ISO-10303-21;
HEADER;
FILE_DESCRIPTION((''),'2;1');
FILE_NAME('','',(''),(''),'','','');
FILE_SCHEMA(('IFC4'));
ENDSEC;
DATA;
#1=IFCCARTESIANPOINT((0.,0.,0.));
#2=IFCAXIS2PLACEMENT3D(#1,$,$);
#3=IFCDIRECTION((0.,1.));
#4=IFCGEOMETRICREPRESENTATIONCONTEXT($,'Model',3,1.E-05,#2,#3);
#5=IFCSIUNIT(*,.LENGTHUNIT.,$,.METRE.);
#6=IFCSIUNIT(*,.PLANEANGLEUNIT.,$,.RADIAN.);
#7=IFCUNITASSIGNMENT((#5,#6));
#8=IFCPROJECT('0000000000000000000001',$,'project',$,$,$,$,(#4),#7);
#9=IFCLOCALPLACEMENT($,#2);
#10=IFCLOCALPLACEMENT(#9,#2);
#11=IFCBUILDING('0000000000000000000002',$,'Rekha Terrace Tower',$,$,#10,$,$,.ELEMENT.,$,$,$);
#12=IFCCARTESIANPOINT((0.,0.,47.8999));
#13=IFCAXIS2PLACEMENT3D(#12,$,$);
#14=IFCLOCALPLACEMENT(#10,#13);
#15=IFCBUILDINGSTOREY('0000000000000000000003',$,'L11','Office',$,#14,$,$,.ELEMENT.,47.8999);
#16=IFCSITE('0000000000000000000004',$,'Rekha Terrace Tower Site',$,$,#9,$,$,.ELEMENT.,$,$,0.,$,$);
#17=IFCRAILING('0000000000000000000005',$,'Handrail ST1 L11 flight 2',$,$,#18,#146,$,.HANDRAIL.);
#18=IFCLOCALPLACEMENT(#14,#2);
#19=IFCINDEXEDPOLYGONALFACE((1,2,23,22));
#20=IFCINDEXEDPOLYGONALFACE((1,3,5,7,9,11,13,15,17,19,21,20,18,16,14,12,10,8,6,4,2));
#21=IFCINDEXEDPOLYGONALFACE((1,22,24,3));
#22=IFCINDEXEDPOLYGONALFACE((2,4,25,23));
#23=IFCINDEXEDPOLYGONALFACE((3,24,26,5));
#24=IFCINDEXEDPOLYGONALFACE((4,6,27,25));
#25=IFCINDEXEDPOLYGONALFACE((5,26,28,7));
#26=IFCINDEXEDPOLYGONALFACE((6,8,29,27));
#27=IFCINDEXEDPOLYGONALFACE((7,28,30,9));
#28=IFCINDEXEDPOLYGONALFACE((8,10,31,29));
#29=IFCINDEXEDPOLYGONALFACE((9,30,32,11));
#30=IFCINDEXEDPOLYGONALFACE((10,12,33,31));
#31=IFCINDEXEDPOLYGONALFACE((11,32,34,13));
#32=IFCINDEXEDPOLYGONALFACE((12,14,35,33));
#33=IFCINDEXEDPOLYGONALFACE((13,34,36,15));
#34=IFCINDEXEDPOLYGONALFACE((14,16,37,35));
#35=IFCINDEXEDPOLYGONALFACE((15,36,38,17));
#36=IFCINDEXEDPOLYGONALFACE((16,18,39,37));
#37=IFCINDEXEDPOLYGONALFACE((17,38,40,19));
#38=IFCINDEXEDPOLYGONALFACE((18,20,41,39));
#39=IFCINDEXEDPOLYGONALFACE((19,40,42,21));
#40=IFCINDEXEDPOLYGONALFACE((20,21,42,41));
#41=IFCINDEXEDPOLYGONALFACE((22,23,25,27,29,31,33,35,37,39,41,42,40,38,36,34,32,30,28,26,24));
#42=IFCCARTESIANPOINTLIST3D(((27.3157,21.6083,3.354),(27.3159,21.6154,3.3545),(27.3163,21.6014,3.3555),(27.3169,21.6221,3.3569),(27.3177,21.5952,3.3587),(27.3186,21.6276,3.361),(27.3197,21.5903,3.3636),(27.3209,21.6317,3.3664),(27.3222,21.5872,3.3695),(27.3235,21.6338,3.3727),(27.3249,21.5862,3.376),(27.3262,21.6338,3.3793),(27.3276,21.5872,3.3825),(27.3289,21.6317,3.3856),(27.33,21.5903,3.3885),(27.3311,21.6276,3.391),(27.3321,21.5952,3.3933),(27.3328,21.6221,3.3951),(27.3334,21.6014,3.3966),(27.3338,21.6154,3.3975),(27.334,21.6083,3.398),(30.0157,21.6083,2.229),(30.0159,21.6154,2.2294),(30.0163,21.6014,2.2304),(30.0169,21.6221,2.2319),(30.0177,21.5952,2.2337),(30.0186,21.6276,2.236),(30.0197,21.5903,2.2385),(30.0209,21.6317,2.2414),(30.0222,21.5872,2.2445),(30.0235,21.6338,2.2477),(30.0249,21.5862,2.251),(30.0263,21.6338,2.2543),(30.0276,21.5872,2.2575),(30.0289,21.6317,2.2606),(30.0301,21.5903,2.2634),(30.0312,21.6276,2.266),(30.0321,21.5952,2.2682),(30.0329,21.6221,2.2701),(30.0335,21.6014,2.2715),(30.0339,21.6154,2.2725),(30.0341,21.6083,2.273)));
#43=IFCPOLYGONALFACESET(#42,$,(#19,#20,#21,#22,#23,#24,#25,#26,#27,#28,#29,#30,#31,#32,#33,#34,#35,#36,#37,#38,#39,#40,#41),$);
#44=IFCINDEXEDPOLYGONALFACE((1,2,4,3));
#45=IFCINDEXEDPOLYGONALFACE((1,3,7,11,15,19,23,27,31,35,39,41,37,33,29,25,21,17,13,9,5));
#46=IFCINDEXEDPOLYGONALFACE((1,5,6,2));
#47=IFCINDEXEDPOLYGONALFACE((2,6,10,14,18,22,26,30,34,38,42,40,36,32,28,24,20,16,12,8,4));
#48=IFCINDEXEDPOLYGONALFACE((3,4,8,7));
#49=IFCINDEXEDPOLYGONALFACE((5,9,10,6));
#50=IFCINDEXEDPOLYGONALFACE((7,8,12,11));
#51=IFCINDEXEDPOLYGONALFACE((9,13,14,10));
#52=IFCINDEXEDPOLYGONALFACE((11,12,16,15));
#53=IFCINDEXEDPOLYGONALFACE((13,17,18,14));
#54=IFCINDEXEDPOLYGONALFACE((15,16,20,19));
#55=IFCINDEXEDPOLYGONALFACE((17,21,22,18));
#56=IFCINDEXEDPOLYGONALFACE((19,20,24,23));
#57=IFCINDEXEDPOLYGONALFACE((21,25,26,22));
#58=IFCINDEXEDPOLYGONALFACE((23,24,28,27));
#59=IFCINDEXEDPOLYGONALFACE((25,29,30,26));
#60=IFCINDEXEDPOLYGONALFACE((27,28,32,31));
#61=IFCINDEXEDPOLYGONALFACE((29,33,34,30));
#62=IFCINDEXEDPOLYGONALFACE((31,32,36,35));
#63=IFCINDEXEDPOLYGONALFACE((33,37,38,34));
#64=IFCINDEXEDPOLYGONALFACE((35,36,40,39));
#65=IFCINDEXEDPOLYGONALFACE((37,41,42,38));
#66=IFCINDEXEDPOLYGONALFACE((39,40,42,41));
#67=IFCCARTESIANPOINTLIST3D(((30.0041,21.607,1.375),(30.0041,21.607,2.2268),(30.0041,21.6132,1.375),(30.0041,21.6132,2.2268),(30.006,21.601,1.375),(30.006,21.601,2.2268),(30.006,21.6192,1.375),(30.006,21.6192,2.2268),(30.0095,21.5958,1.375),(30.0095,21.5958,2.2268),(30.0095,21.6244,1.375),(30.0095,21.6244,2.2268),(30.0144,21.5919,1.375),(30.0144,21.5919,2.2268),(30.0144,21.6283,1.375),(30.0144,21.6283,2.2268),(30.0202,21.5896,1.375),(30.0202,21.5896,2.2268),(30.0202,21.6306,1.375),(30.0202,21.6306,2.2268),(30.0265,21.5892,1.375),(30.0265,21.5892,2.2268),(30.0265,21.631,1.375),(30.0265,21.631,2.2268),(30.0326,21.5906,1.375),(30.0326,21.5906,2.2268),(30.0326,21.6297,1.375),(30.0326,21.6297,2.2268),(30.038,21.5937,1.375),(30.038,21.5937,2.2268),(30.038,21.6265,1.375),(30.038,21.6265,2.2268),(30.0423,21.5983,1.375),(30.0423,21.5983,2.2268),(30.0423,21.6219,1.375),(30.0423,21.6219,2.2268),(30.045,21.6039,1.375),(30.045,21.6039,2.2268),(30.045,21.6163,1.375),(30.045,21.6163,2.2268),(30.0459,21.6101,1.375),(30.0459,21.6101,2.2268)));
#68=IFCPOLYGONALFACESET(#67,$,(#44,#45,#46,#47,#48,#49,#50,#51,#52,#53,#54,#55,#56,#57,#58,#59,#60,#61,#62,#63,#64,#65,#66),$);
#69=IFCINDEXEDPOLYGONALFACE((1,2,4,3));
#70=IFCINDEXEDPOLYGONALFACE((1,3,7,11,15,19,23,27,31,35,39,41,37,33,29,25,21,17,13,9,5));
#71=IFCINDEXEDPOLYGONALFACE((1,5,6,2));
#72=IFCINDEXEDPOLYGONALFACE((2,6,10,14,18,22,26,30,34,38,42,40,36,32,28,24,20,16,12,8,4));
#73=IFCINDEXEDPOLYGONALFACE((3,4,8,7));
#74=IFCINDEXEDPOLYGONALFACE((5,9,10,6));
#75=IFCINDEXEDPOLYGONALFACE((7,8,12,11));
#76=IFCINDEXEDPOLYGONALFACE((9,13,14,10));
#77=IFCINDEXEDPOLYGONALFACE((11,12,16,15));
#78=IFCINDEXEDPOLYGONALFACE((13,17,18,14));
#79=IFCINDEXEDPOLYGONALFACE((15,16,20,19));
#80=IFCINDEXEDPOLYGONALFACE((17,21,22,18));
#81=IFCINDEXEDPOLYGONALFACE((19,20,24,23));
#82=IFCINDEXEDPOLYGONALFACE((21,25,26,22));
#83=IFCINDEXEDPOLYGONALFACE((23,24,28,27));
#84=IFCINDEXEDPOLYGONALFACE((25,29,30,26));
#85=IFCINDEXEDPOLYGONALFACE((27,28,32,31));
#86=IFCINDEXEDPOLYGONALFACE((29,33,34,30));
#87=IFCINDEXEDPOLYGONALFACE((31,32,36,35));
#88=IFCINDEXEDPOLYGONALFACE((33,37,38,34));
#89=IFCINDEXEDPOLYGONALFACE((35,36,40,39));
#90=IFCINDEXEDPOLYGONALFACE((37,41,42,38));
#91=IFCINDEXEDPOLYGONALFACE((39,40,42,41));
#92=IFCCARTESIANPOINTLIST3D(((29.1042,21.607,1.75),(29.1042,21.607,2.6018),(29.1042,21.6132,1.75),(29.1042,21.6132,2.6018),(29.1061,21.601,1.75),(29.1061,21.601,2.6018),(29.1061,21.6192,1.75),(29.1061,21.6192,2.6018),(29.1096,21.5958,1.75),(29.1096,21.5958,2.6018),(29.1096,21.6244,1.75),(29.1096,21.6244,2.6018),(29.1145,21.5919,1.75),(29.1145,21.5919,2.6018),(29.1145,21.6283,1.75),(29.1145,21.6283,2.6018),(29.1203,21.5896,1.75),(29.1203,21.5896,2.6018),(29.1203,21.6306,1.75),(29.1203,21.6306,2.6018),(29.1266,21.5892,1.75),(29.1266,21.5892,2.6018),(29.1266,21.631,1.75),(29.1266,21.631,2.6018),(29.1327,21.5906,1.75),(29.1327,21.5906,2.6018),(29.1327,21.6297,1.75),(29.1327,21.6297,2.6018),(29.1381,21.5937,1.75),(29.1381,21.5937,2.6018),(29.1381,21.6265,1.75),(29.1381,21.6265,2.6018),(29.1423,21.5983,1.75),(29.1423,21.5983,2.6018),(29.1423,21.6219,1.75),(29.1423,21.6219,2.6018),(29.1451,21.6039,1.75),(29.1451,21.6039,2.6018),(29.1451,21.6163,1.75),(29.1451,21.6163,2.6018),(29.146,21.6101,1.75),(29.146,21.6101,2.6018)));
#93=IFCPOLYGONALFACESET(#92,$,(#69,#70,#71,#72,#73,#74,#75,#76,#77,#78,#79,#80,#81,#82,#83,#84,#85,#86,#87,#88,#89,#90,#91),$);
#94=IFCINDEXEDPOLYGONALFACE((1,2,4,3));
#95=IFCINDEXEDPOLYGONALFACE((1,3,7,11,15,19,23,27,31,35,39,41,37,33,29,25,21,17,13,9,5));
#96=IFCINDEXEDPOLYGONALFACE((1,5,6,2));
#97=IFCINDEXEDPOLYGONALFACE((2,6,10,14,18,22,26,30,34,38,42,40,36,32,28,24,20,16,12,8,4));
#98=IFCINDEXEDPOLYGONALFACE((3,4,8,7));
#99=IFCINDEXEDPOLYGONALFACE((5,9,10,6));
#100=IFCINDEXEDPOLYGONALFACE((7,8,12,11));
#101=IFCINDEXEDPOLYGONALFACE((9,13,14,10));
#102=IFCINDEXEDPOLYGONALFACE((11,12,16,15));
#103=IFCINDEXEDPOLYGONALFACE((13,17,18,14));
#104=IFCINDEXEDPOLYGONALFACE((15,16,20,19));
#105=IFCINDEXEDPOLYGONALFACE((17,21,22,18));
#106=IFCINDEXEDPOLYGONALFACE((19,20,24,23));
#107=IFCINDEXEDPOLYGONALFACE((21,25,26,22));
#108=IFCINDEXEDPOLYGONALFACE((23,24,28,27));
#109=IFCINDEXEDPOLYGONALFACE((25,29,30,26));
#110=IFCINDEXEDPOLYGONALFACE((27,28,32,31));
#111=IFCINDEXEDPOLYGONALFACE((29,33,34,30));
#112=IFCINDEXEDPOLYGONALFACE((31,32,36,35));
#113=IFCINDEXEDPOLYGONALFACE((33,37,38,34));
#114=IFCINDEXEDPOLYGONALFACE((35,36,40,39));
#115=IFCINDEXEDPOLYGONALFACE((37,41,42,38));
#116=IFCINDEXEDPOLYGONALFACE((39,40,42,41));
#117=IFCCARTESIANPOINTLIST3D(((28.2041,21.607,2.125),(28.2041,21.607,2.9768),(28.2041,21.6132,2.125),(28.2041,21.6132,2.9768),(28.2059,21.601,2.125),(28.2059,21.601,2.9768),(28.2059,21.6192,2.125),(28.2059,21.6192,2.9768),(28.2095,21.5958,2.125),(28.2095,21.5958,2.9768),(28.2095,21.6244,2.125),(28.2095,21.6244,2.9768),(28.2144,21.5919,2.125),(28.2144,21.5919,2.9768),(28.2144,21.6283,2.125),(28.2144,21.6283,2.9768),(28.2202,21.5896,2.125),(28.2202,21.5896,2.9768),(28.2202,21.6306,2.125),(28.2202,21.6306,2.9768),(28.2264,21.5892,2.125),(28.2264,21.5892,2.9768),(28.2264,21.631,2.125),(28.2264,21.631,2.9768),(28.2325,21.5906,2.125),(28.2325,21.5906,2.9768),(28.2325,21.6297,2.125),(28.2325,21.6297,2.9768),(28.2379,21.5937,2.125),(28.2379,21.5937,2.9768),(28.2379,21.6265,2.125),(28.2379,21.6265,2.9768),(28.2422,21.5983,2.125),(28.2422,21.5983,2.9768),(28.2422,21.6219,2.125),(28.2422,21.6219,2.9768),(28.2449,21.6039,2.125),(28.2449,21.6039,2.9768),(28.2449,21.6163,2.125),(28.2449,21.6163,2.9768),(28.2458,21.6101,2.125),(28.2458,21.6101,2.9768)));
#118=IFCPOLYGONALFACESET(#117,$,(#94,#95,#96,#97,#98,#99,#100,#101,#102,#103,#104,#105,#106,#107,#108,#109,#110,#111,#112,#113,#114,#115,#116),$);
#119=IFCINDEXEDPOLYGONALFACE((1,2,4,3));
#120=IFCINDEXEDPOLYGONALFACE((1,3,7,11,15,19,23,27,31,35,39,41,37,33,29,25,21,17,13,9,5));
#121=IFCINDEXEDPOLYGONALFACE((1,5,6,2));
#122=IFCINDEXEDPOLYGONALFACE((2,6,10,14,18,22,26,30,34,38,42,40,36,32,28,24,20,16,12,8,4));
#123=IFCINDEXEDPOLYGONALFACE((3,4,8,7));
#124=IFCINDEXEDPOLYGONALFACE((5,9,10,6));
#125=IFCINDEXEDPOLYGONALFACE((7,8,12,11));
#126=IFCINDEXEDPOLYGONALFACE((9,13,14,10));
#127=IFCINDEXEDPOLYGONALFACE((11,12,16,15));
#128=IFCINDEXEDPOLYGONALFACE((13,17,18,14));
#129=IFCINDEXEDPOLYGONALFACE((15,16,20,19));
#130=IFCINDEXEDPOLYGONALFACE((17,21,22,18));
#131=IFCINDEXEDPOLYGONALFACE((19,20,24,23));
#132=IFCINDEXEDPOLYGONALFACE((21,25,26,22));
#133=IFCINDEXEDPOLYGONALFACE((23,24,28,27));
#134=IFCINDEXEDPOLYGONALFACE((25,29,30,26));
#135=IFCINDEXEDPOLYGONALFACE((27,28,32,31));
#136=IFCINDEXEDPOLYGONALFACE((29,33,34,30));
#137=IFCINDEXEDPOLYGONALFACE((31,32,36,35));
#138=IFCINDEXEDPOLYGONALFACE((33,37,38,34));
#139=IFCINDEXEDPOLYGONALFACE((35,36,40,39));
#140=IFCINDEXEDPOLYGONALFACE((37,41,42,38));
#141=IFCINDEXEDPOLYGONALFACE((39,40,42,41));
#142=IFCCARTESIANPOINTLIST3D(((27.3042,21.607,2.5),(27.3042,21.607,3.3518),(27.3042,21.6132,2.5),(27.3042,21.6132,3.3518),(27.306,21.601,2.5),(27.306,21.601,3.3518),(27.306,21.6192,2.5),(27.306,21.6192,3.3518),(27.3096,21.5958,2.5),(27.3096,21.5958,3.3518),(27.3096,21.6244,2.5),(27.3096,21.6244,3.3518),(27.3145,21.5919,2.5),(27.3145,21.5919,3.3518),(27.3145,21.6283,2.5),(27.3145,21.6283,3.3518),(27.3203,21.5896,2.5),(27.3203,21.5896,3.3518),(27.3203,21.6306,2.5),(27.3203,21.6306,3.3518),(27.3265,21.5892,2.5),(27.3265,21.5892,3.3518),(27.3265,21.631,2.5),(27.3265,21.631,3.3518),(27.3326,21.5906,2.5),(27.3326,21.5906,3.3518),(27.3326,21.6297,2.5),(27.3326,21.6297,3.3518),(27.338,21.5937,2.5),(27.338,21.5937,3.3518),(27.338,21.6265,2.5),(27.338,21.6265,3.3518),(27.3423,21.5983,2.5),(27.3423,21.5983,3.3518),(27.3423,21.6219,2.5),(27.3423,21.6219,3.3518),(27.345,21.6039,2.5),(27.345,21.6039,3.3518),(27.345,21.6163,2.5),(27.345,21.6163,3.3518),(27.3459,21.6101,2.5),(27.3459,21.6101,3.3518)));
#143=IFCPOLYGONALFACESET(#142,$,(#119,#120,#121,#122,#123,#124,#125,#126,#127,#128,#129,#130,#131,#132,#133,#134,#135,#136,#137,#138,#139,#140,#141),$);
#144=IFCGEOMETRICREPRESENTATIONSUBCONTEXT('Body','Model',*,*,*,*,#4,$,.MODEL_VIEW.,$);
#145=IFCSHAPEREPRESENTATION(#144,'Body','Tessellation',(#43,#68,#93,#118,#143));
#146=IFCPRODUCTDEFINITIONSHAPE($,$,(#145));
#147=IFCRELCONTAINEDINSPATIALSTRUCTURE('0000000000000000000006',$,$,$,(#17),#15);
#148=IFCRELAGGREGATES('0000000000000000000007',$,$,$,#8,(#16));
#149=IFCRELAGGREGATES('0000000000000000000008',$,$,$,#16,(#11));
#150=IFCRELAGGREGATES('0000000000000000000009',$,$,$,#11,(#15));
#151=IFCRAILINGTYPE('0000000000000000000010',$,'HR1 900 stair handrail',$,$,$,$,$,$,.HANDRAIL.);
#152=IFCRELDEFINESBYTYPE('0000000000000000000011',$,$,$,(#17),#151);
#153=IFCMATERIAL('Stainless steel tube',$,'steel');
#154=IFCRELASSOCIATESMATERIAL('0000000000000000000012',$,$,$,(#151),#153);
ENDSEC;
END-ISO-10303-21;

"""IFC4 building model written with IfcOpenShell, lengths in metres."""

from ifc_helpers import new_model, si_unit, direction, frame, origin, origin_2d, place, context, subcontext, project, spatial, circle, extrude, material, type_object, element, save


model = new_model("IFC4")

# Units and contexts
model_context = context("Model", 3, precision=1e-05, world=origin(), true_north=direction((0.0, 1.0)))
body_context = subcontext(model_context, "Body", "Model", "MODEL_VIEW")
ifc_project = project(units=[si_unit("LENGTHUNIT", "METRE"), si_unit("PLANEANGLEUNIT", "RADIAN")], contexts=[model_context])

# Site, building, storey
site_placement = place(None, origin())
site = spatial("IfcSite", under=ifc_project, at=site_placement, Name="Rekha Terrace Tower Site", CompositionType="ELEMENT", RefElevation=0.0)
building_placement = place(site_placement, origin())
building = spatial("IfcBuilding", under=site, at=building_placement, Name="Rekha Terrace Tower", CompositionType="ELEMENT")
storey_placement = place(building_placement, frame((0.0, 0.0, 47.8999)))
storey = spatial("IfcBuildingStorey", under=building, at=storey_placement, Name="L11", Description="Office", CompositionType="ELEMENT", Elevation=47.8999)

# Railing
ifc_material_1 = material(Name="Stainless steel tube", Category="steel")
railing_type_1 = type_object("IfcRailingType", Name="HR1 900 stair handrail", PredefinedType="HANDRAIL", material=ifc_material_1)
railing_1_placement = place(storey_placement, frame((30.0249, 21.6101, 1.375)))
element("IfcRailing", 1, at=railing_1_placement, inside=storey, type_object=railing_type_1, Name="Handrail ST1 L11 flight 2", PredefinedType="HANDRAIL", context=body_context, shape_type="SweptSolid", body=[
    extrude(circle(Radius=0.0239, at=origin_2d()), frame((0.0, 0.0, 0.876), z_axis=(-0.923074, 0.0, 0.384621), x_axis=(0.0, -1.0, 0.0)), (0.0, 0.0, 1.0), 2.925),
    extrude(circle(Radius=0.021, at=origin_2d()), origin(), (0.0, 0.0, 1.0), 0.8518),
    extrude(circle(Radius=0.021, at=origin_2d()), frame((-0.8999, 0.0, 0.375)), (0.0, 0.0, 1.0), 0.8518),
    extrude(circle(Radius=0.021, at=origin_2d()), frame((-1.8, 0.0, 0.75)), (0.0, 0.0, 1.0), 0.8518),
    extrude(circle(Radius=0.021, at=origin_2d()), frame((-2.7, 0.0, 1.125)), (0.0, 0.0, 1.0), 0.8518),
])

save(model, "model.ifc")
